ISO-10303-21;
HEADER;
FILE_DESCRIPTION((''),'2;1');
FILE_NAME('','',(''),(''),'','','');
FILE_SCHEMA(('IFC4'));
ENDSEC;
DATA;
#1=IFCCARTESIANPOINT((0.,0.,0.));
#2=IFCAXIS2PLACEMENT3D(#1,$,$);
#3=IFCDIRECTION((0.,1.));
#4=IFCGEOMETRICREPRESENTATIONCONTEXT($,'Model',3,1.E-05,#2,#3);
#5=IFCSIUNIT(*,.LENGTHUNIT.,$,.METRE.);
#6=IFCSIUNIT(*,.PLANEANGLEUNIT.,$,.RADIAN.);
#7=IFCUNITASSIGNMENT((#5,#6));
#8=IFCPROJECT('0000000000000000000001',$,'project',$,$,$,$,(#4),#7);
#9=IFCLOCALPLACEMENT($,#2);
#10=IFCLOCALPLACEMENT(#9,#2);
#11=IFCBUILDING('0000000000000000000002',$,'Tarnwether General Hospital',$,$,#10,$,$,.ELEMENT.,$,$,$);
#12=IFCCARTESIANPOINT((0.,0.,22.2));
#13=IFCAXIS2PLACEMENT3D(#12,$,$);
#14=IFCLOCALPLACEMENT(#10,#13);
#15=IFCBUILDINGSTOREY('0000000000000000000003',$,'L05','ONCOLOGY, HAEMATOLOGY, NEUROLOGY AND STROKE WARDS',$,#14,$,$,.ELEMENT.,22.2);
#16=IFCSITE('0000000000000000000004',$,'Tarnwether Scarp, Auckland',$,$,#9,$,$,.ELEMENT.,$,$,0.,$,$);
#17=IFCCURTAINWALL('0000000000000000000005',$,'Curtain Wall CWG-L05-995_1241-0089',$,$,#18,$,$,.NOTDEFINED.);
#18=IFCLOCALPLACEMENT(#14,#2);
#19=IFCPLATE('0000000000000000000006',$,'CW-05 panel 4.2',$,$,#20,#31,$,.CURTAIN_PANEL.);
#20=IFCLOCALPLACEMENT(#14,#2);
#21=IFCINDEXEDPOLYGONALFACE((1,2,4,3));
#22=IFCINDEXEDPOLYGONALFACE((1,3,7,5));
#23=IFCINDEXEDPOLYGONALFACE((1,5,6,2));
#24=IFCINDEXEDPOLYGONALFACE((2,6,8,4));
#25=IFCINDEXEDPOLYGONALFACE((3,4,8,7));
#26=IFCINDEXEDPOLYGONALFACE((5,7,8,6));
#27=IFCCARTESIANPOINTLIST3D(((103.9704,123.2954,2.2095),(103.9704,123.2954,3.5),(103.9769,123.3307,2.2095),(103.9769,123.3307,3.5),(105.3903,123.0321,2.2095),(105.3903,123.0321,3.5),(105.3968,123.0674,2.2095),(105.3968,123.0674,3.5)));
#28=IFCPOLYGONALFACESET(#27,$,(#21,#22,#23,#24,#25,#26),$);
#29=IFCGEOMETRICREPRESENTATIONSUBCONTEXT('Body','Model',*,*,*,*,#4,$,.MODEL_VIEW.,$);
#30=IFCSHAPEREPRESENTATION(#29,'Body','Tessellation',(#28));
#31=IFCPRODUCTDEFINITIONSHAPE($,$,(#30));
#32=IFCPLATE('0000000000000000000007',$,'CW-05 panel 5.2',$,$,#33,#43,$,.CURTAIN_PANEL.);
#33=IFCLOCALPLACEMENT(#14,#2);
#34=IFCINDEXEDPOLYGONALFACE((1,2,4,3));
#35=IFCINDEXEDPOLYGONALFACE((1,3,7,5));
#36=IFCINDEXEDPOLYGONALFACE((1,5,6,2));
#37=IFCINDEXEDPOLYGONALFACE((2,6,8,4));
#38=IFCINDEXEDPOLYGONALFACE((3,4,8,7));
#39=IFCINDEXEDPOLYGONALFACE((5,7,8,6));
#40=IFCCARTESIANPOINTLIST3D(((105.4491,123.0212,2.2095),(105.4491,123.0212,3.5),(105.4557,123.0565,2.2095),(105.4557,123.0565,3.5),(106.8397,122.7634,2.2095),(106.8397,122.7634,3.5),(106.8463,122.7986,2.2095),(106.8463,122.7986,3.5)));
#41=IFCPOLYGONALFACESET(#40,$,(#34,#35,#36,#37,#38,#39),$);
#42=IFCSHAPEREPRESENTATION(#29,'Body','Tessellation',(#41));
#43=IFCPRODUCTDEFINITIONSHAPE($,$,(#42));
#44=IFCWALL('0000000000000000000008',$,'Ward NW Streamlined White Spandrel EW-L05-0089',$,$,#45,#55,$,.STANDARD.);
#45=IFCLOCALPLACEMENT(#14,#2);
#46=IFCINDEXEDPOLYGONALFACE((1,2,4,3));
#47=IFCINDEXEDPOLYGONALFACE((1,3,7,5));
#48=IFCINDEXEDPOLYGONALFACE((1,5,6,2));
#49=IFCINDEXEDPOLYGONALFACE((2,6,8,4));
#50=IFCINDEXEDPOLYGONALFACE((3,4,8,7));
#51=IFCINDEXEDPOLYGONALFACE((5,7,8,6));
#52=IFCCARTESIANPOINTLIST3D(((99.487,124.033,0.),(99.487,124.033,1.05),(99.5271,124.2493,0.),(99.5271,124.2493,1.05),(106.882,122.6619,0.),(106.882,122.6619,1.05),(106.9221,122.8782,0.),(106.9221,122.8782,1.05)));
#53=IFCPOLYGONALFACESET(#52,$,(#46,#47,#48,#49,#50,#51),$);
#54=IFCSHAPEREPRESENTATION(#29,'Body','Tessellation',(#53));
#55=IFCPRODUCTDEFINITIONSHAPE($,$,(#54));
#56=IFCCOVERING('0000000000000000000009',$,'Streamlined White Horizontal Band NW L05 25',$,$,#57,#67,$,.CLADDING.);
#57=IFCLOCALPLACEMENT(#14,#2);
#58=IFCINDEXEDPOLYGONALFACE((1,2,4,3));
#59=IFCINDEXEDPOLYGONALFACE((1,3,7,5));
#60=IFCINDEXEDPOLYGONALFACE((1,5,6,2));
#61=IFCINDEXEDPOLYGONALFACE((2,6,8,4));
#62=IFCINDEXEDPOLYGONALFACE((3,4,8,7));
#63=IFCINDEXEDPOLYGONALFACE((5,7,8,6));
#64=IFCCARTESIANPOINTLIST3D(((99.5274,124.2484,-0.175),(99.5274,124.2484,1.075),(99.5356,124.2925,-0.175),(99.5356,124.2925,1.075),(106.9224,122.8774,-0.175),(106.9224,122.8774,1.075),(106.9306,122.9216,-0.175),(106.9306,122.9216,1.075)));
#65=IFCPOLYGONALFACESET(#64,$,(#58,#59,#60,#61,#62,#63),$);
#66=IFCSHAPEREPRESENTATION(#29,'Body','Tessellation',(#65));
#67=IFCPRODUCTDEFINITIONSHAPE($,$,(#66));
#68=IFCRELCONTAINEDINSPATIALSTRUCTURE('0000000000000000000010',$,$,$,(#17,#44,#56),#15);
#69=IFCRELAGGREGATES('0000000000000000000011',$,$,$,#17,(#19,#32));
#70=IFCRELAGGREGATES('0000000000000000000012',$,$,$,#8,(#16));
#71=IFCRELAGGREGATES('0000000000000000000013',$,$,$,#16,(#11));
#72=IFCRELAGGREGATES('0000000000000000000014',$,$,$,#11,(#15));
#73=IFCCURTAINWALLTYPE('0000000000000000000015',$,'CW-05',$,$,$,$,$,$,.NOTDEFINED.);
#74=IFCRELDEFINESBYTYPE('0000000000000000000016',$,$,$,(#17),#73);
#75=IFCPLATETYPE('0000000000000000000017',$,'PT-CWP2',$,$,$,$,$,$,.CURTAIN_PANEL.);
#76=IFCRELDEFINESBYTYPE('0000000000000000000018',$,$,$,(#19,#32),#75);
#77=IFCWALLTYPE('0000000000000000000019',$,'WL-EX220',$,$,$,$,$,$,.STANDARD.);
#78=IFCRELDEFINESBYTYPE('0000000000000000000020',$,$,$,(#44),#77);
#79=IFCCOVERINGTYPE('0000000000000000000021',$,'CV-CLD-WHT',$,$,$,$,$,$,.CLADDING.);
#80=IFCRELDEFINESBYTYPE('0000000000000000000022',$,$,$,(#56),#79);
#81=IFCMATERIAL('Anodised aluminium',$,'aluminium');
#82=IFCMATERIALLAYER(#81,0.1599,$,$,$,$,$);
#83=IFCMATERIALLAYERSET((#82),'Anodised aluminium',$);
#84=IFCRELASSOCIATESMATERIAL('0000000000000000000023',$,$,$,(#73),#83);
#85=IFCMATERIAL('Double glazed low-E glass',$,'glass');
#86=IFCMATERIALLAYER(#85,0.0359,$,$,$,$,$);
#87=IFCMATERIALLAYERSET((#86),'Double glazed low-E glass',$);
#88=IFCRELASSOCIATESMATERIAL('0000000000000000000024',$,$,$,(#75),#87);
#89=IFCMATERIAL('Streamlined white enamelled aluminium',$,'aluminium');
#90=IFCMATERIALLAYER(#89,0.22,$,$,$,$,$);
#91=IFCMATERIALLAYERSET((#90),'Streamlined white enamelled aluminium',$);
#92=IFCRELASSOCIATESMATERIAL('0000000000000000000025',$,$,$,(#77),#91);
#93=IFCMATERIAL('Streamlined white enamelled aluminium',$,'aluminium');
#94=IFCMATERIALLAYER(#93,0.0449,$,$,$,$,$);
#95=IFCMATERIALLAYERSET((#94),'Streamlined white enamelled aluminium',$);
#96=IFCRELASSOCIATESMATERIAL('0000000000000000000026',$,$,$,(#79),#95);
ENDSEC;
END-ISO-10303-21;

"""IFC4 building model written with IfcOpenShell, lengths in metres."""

from ifc_helpers import new_model, si_unit, direction, frame, frame_2d, origin, origin_2d, place, context, subcontext, project, spatial, rectangle, extrude, material, layer, layer_set, type_object, element, aggregate, save


model = new_model("IFC4")

# Units and contexts
model_context = context("Model", 3, precision=1e-05, world=origin(), true_north=direction((0.0, 1.0)))
body_context = subcontext(model_context, "Body", "Model", "MODEL_VIEW")
ifc_project = project(units=[si_unit("LENGTHUNIT", "METRE"), si_unit("PLANEANGLEUNIT", "RADIAN")], contexts=[model_context])

# Site, building, storey
site_placement = place(None, origin())
site = spatial("IfcSite", under=ifc_project, at=site_placement, Name="Tarnwether Scarp, Auckland", CompositionType="ELEMENT", RefElevation=0.0)
building_placement = place(site_placement, origin())
building = spatial("IfcBuilding", under=site, at=building_placement, Name="Tarnwether General Hospital", CompositionType="ELEMENT")
storey_placement = place(building_placement, frame((0.0, 0.0, 22.2)))
storey = spatial("IfcBuildingStorey", under=building, at=storey_placement, Name="L05", Description="ONCOLOGY, HAEMATOLOGY, NEUROLOGY AND STROKE WARDS", CompositionType="ELEMENT", Elevation=22.2)

# Curtain wall
ifc_material_1 = material(Name="Anodised aluminium", Category="aluminium")
ifc_layer_1 = layer(ifc_material_1, 0.1599)
ifc_layer_set_1 = layer_set([ifc_layer_1], Name="Anodised aluminium")
curtain_wall_type = type_object("IfcCurtainWallType", Name="CW-05", PredefinedType="NOTDEFINED", material=ifc_layer_set_1)
curtain_wall_1_placement = place(storey_placement, origin())
curtain_wall_1 = element("IfcCurtainWall", 1, at=curtain_wall_1_placement, inside=storey, type_object=curtain_wall_type, Name="Curtain Wall CWG-L05-995_1241-0089", PredefinedType="NOTDEFINED")

# Plates
ifc_material_2 = material(Name="Double glazed low-E glass", Category="glass")
ifc_layer_2 = layer(ifc_material_2, 0.0359)
ifc_layer_set_2 = layer_set([ifc_layer_2], Name="Double glazed low-E glass")
plate_type = type_object("IfcPlateType", Name="PT-CWP2", PredefinedType="CURTAIN_PANEL", material=ifc_layer_set_2)
plate_1_placement = place(storey_placement, frame((104.6836, 123.1814, 2.2095), z_axis=(0.0, 0.0, 1.0), x_axis=(0.983245, -0.182289, 0.0)))
plate_1 = element("IfcPlate", 2, at=plate_1_placement, type_object=plate_type, Name="CW-05 panel 4.2", PredefinedType="CURTAIN_PANEL", context=body_context, shape_type="SweptSolid", body=[
    extrude(rectangle(XDim=1.4441, YDim=0.0359, at=origin_2d()), origin(), (0.0, 0.0, 1.0), 1.2905),
])
plate_2_placement = place(storey_placement, frame((106.1477, 122.9099, 2.2095), z_axis=(0.0, 0.0, 1.0), x_axis=(0.983245, -0.182289, 0.0)))
plate_2 = element("IfcPlate", 3, at=plate_2_placement, type_object=plate_type, Name="CW-05 panel 5.2", PredefinedType="CURTAIN_PANEL", context=body_context, shape_type="SweptSolid", body=[
    extrude(rectangle(XDim=1.4143, YDim=0.0359, at=origin_2d()), origin(), (0.0, 0.0, 1.0), 1.2905),
])
aggregate(curtain_wall_1, [plate_1, plate_2])

# Wall
ifc_material_3 = material(Name="Streamlined white enamelled aluminium", Category="aluminium")
ifc_layer_3 = layer(ifc_material_3, 0.22)
ifc_layer_set_3 = layer_set([ifc_layer_3], Name="Streamlined white enamelled aluminium")
wall_type = type_object("IfcWallType", Name="WL-EX220", PredefinedType="STANDARD", material=ifc_layer_set_3)
wall_placement = place(storey_placement, frame((99.5071, 124.1411, 0.0), z_axis=(0.0, 0.0, 1.0), x_axis=(0.983243, -0.182301, 0.0)))
element("IfcWall", 4, at=wall_placement, inside=storey, type_object=wall_type, Name="Ward NW Streamlined White Spandrel EW-L05-0089", PredefinedType="STANDARD", context=body_context, shape_type="SweptSolid", body=[
    extrude(rectangle(XDim=7.521, YDim=0.22, at=frame_2d((3.7605, 0.0))), origin(), (0.0, 0.0, 1.0), 1.05),
])

# Covering
ifc_material_4 = material(Name="Streamlined white enamelled aluminium", Category="aluminium")
ifc_layer_4 = layer(ifc_material_4, 0.0449)
ifc_layer_set_4 = layer_set([ifc_layer_4], Name="Streamlined white enamelled aluminium")
covering_type = type_object("IfcCoveringType", Name="CV-CLD-WHT", PredefinedType="CLADDING", material=ifc_layer_set_4)
covering_placement = place(storey_placement, frame((103.229, 123.585, -0.175), z_axis=(0.0, 0.0, 1.0), x_axis=(0.983245, -0.182287, 0.0)))
element("IfcCovering", 5, at=covering_placement, inside=storey, type_object=covering_type, Name="Streamlined White Horizontal Band NW L05 25", PredefinedType="CLADDING", context=body_context, shape_type="SweptSolid", body=[
    extrude(rectangle(XDim=7.521, YDim=0.0449, at=origin_2d()), origin(), (0.0, 0.0, 1.0), 1.25),
])

save(model, "model.ifc")
